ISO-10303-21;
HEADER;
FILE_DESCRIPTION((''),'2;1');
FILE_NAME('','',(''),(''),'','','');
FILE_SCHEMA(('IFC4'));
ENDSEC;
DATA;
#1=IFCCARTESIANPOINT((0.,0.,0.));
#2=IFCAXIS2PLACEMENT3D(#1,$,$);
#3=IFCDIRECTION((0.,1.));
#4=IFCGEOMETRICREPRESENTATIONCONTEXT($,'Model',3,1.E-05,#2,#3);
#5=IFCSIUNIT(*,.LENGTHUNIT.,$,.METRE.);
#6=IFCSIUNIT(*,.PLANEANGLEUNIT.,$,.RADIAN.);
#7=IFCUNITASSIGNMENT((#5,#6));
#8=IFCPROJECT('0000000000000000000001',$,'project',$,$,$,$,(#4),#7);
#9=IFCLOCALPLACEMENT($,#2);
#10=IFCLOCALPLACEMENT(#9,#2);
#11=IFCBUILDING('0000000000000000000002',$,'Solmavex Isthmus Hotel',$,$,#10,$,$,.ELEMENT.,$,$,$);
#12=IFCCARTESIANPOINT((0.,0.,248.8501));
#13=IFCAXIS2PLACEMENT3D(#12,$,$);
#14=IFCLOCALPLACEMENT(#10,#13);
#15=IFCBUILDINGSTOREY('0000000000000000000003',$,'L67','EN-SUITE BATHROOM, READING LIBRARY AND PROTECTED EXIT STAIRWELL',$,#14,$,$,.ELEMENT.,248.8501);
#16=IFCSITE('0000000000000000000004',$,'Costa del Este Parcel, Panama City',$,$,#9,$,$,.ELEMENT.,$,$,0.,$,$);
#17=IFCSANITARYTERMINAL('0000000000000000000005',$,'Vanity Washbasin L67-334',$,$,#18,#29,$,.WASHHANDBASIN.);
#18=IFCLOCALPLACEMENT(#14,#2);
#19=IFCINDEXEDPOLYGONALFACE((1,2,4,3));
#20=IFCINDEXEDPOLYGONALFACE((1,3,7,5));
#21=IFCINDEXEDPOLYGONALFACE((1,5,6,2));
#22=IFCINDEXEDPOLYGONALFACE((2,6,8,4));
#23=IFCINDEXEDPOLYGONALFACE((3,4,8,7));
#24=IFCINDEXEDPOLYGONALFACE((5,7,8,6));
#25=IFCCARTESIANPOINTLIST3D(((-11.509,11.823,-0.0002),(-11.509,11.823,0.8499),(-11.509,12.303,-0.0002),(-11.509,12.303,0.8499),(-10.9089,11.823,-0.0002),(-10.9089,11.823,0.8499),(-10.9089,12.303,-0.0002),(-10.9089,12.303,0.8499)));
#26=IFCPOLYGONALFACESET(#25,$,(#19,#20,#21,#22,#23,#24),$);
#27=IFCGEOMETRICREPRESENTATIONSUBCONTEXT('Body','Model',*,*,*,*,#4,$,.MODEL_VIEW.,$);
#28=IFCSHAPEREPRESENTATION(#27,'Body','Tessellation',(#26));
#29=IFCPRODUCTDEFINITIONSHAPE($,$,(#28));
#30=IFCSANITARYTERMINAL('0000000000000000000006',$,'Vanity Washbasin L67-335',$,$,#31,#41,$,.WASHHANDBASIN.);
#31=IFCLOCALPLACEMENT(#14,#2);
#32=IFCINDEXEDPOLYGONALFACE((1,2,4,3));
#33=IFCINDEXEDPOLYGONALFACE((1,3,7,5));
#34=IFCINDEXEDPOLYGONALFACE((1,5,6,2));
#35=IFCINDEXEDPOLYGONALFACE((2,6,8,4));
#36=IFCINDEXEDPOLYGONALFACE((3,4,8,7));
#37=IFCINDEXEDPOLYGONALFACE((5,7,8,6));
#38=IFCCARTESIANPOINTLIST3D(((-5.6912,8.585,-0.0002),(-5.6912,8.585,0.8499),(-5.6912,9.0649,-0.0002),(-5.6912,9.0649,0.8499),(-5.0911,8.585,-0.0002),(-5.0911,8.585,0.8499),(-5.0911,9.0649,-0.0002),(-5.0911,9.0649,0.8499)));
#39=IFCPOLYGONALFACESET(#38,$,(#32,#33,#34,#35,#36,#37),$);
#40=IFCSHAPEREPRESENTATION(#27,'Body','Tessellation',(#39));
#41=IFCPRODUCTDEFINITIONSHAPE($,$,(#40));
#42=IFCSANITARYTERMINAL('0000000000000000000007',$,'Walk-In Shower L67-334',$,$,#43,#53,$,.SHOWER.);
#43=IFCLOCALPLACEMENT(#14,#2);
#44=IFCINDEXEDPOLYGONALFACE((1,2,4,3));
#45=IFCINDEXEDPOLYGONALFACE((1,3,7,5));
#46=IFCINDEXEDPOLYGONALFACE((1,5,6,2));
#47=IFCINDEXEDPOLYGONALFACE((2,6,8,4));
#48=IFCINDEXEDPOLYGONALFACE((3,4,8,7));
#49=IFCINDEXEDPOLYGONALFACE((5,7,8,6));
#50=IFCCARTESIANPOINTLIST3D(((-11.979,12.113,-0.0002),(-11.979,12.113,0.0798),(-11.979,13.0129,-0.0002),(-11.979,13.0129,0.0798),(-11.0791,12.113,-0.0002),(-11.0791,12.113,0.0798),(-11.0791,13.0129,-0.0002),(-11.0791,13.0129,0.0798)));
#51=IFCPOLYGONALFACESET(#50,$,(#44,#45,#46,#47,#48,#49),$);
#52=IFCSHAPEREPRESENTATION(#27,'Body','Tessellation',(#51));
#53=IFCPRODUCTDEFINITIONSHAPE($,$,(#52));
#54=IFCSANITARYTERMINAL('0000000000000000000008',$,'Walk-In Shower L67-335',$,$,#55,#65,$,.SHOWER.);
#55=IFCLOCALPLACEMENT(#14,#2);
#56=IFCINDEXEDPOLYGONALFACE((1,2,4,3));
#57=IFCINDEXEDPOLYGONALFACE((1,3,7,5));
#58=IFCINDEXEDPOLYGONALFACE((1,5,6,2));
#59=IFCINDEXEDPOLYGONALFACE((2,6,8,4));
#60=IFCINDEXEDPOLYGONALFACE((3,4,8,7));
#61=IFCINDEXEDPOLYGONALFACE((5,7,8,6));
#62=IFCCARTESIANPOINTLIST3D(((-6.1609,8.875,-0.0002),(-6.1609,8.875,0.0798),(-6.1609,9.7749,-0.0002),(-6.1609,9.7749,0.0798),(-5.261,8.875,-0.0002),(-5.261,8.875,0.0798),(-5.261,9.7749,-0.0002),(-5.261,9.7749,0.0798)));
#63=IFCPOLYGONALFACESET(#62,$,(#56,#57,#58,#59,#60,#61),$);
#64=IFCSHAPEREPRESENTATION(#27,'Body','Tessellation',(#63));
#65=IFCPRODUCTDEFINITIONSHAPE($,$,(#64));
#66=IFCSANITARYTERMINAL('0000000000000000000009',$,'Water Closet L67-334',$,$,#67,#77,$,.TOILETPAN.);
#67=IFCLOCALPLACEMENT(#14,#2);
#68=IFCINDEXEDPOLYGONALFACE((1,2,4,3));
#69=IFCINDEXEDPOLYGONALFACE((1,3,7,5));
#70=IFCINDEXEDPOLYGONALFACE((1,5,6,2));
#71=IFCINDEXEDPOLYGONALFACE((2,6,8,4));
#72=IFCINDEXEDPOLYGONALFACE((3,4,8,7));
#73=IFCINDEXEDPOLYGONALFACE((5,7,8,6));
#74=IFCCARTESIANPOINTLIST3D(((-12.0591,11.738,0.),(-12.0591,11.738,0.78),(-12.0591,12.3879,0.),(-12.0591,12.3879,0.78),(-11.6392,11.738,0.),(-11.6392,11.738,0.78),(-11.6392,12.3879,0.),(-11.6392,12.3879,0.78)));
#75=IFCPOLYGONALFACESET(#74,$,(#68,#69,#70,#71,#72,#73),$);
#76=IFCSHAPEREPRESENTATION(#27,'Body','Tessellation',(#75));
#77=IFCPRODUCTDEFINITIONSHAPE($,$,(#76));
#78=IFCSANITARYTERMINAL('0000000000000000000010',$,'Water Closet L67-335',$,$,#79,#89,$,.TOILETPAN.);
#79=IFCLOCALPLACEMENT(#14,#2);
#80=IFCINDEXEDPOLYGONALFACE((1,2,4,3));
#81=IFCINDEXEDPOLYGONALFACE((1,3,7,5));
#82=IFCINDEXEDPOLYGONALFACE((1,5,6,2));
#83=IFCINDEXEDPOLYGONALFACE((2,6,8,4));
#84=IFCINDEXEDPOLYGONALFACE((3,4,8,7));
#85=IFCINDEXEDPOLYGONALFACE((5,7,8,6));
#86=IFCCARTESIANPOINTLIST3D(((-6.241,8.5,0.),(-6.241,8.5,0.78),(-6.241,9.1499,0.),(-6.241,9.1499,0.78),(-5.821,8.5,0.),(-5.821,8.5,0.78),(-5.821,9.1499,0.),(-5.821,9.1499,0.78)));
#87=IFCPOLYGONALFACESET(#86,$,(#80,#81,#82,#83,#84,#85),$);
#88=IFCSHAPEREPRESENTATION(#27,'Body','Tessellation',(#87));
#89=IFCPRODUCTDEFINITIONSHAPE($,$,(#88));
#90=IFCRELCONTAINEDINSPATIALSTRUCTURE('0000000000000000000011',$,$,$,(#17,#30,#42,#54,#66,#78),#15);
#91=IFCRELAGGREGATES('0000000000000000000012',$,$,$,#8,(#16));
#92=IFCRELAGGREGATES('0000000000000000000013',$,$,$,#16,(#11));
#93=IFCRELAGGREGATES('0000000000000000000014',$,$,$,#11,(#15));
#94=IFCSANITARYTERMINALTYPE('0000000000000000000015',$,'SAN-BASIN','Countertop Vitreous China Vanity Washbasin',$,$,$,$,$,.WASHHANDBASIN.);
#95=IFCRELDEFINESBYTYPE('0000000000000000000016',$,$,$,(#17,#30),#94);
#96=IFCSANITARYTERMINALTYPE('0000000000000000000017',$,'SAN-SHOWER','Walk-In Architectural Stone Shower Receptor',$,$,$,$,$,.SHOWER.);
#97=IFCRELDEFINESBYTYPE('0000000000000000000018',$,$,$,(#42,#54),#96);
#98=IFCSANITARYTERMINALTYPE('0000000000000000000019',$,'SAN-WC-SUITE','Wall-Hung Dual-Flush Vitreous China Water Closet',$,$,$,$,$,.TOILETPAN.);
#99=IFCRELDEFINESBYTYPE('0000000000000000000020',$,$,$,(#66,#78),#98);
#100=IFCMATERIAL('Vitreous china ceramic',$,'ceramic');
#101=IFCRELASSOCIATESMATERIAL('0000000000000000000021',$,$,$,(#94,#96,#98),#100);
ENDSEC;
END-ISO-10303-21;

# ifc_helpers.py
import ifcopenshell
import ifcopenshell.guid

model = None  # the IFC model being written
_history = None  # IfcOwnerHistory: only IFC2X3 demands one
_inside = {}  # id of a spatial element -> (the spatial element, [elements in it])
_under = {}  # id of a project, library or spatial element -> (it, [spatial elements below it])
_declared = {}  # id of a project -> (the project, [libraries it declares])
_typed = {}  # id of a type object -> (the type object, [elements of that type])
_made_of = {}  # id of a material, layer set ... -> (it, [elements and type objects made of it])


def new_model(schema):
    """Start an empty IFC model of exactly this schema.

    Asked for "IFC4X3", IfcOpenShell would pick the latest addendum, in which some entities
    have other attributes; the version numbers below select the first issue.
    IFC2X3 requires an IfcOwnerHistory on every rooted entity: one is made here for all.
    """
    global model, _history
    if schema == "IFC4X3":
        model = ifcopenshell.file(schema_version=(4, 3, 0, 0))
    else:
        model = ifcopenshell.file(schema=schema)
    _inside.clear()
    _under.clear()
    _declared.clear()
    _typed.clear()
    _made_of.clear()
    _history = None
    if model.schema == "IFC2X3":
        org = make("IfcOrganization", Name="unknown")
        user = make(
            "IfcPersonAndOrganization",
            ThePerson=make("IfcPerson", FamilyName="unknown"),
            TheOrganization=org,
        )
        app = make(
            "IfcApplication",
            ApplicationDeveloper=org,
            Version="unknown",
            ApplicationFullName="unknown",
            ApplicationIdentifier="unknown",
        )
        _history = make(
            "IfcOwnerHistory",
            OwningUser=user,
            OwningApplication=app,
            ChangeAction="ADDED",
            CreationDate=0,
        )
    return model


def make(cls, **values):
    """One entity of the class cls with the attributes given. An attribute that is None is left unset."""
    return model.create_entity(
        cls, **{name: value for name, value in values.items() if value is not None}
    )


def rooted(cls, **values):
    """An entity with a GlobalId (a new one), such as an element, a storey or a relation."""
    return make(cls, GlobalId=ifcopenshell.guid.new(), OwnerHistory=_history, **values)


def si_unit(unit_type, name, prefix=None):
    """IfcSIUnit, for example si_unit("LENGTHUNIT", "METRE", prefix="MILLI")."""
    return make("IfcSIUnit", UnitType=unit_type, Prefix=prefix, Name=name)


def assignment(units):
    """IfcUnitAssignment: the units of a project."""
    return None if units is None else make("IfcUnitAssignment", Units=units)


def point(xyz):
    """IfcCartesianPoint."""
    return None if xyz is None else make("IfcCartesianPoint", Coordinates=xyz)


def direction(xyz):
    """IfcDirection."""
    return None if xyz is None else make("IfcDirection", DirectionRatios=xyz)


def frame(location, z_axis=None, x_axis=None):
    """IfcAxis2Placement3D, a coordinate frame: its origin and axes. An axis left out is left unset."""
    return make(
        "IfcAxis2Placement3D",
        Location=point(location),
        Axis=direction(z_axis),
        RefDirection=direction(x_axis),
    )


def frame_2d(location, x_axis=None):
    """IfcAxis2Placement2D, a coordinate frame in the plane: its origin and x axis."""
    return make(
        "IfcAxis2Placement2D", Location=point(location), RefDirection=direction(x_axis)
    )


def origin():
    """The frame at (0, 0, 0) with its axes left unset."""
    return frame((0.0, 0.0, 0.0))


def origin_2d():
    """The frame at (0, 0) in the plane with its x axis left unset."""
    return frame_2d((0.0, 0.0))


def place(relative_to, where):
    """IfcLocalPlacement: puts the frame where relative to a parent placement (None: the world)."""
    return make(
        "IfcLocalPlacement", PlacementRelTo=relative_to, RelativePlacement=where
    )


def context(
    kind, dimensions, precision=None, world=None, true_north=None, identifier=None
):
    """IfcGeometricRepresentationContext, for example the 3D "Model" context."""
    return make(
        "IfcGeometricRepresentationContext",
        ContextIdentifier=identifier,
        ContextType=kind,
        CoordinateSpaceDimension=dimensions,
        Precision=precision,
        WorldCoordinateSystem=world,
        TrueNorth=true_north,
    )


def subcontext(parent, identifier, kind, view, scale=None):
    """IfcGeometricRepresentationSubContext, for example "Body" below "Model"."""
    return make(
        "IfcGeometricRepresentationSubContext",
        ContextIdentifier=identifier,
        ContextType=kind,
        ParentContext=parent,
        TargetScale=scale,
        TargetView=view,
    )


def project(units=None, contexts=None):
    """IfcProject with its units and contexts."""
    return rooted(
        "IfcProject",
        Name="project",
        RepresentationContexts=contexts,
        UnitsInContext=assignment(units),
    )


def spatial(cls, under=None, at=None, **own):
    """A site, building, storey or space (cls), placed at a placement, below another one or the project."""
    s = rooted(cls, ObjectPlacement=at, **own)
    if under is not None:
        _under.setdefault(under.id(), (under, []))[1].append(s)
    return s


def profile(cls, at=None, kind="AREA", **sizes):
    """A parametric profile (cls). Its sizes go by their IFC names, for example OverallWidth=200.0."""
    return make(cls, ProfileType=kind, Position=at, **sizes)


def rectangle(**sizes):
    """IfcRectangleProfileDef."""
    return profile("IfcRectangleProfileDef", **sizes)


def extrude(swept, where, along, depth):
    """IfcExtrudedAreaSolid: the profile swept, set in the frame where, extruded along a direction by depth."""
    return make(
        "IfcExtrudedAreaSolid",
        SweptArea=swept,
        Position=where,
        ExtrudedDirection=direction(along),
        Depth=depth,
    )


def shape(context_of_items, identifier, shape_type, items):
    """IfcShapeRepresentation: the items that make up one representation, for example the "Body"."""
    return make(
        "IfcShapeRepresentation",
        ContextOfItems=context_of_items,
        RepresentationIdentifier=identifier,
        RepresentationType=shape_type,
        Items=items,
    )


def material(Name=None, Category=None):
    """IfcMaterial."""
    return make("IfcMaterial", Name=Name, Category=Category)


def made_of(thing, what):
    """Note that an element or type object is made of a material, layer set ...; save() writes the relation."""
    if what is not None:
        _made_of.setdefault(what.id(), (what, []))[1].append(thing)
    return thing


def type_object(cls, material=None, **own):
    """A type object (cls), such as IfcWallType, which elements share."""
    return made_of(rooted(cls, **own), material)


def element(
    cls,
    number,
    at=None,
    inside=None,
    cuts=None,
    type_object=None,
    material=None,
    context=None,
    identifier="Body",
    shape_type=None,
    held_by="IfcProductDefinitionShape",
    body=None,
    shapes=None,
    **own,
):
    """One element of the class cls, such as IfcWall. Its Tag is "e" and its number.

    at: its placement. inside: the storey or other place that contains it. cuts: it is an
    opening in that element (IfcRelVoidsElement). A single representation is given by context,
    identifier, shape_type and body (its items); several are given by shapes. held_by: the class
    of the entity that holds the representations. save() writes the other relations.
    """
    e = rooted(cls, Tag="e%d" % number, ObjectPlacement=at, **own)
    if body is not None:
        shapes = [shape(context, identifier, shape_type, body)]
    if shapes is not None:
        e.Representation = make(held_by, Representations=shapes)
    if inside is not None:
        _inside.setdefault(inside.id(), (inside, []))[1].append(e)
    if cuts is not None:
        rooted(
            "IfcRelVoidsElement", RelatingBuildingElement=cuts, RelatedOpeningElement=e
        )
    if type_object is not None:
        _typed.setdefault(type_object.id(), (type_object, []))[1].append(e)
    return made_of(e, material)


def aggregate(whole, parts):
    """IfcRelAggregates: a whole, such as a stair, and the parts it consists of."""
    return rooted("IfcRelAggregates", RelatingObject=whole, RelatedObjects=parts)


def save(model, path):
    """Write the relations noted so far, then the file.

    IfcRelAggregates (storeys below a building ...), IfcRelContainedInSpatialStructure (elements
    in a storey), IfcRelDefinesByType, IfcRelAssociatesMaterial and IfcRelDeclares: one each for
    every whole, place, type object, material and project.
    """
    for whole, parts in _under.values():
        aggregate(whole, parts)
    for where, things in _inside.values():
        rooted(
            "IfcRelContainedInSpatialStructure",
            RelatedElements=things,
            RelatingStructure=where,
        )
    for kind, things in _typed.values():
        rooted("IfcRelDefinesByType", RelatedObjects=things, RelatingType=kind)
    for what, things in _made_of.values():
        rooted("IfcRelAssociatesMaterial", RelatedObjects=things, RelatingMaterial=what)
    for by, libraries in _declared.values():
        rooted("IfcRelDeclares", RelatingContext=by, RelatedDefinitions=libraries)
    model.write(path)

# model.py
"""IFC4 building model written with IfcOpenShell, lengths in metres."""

from ifc_helpers import new_model, si_unit, direction, frame, origin, origin_2d, place, context, subcontext, project, spatial, rectangle, extrude, material, type_object, element, save


model = new_model("IFC4")

# Units and contexts
model_context = context("Model", 3, precision=1e-05, world=origin(), true_north=direction((0.0, 1.0)))
body_context = subcontext(model_context, "Body", "Model", "MODEL_VIEW")
ifc_project = project(units=[si_unit("LENGTHUNIT", "METRE"), si_unit("PLANEANGLEUNIT", "RADIAN")], contexts=[model_context])

# Site, building, storey
site_placement = place(None, origin())
site = spatial("IfcSite", under=ifc_project, at=site_placement, Name="Costa del Este Parcel, Panama City", CompositionType="ELEMENT", RefElevation=0.0)
building_placement = place(site_placement, origin())
building = spatial("IfcBuilding", under=site, at=building_placement, Name="Solmavex Isthmus Hotel", CompositionType="ELEMENT")
storey_placement = place(building_placement, frame((0.0, 0.0, 248.8501)))
storey = spatial("IfcBuildingStorey", under=building, at=storey_placement, Name="L67", Description="EN-SUITE BATHROOM, READING LIBRARY AND PROTECTED EXIT STAIRWELL", CompositionType="ELEMENT", Elevation=248.8501)

# Sanitary terminals
ifc_material_1 = material(Name="Vitreous china ceramic", Category="ceramic")
sanitary_terminal_type_1 = type_object("IfcSanitaryTerminalType", Name="SAN-BASIN", Description="Countertop Vitreous China Vanity Washbasin", PredefinedType="WASHHANDBASIN", material=ifc_material_1)
for number, where, z_axis, x_axis, name in (
    (1, (-11.209, 12.063, -0.0002), (0.0, 0.0, 1.0), (1.0, 0.0, 0.0), "Vanity Washbasin L67-334"),
    (2, (-5.3911, 8.825, -0.0002), (0.0, 0.0, 1.0), (1.0, 0.0, 0.0), "Vanity Washbasin L67-335"),
):
    element("IfcSanitaryTerminal", number, at=place(storey_placement, frame(where, z_axis=z_axis, x_axis=x_axis)), inside=storey, type_object=sanitary_terminal_type_1, Name=name, PredefinedType="WASHHANDBASIN", context=body_context, shape_type="SweptSolid", body=[
        extrude(rectangle(XDim=0.6001, YDim=0.48, at=origin_2d()), origin(), (0.0, 0.0, 1.0), 0.8501),
    ])
sanitary_terminal_type_2 = type_object("IfcSanitaryTerminalType", Name="SAN-SHOWER", Description="Walk-In Architectural Stone Shower Receptor", PredefinedType="SHOWER", material=ifc_material_1)
for number, where, z_axis, x_axis, name in (
    (3, (-11.5291, 12.563, -0.0002), (0.0, 0.0, 1.0), (1.0, 0.0, 0.0), "Walk-In Shower L67-334"),
    (4, (-5.7109, 9.325, -0.0002), (0.0, 0.0, 1.0), (1.0, 0.0, 0.0), "Walk-In Shower L67-335"),
):
    element("IfcSanitaryTerminal", number, at=place(storey_placement, frame(where, z_axis=z_axis, x_axis=x_axis)), inside=storey, type_object=sanitary_terminal_type_2, Name=name, PredefinedType="SHOWER", context=body_context, shape_type="SweptSolid", body=[
        extrude(rectangle(XDim=0.8999, YDim=0.8999, at=origin_2d()), origin(), (0.0, 0.0, 1.0), 0.0801),
    ])
sanitary_terminal_type_3 = type_object("IfcSanitaryTerminalType", Name="SAN-WC-SUITE", Description="Wall-Hung Dual-Flush Vitreous China Water Closet", PredefinedType="TOILETPAN", material=ifc_material_1)
for number, where, z_axis, x_axis, name in (
    (5, (-11.8491, 12.063, 0.0), (0.0, 0.0, 1.0), (1.0, 0.0, 0.0), "Water Closet L67-334"),
    (6, (-6.031, 8.825, 0.0), (0.0, 0.0, 1.0), (1.0, 0.0, 0.0), "Water Closet L67-335"),
):
    element("IfcSanitaryTerminal", number, at=place(storey_placement, frame(where, z_axis=z_axis, x_axis=x_axis)), inside=storey, type_object=sanitary_terminal_type_3, Name=name, PredefinedType="TOILETPAN", context=body_context, shape_type="SweptSolid", body=[
        extrude(rectangle(XDim=0.4199, YDim=0.6499, at=origin_2d()), origin(), (0.0, 0.0, 1.0), 0.78),
    ])

save(model, "model.ifc")
